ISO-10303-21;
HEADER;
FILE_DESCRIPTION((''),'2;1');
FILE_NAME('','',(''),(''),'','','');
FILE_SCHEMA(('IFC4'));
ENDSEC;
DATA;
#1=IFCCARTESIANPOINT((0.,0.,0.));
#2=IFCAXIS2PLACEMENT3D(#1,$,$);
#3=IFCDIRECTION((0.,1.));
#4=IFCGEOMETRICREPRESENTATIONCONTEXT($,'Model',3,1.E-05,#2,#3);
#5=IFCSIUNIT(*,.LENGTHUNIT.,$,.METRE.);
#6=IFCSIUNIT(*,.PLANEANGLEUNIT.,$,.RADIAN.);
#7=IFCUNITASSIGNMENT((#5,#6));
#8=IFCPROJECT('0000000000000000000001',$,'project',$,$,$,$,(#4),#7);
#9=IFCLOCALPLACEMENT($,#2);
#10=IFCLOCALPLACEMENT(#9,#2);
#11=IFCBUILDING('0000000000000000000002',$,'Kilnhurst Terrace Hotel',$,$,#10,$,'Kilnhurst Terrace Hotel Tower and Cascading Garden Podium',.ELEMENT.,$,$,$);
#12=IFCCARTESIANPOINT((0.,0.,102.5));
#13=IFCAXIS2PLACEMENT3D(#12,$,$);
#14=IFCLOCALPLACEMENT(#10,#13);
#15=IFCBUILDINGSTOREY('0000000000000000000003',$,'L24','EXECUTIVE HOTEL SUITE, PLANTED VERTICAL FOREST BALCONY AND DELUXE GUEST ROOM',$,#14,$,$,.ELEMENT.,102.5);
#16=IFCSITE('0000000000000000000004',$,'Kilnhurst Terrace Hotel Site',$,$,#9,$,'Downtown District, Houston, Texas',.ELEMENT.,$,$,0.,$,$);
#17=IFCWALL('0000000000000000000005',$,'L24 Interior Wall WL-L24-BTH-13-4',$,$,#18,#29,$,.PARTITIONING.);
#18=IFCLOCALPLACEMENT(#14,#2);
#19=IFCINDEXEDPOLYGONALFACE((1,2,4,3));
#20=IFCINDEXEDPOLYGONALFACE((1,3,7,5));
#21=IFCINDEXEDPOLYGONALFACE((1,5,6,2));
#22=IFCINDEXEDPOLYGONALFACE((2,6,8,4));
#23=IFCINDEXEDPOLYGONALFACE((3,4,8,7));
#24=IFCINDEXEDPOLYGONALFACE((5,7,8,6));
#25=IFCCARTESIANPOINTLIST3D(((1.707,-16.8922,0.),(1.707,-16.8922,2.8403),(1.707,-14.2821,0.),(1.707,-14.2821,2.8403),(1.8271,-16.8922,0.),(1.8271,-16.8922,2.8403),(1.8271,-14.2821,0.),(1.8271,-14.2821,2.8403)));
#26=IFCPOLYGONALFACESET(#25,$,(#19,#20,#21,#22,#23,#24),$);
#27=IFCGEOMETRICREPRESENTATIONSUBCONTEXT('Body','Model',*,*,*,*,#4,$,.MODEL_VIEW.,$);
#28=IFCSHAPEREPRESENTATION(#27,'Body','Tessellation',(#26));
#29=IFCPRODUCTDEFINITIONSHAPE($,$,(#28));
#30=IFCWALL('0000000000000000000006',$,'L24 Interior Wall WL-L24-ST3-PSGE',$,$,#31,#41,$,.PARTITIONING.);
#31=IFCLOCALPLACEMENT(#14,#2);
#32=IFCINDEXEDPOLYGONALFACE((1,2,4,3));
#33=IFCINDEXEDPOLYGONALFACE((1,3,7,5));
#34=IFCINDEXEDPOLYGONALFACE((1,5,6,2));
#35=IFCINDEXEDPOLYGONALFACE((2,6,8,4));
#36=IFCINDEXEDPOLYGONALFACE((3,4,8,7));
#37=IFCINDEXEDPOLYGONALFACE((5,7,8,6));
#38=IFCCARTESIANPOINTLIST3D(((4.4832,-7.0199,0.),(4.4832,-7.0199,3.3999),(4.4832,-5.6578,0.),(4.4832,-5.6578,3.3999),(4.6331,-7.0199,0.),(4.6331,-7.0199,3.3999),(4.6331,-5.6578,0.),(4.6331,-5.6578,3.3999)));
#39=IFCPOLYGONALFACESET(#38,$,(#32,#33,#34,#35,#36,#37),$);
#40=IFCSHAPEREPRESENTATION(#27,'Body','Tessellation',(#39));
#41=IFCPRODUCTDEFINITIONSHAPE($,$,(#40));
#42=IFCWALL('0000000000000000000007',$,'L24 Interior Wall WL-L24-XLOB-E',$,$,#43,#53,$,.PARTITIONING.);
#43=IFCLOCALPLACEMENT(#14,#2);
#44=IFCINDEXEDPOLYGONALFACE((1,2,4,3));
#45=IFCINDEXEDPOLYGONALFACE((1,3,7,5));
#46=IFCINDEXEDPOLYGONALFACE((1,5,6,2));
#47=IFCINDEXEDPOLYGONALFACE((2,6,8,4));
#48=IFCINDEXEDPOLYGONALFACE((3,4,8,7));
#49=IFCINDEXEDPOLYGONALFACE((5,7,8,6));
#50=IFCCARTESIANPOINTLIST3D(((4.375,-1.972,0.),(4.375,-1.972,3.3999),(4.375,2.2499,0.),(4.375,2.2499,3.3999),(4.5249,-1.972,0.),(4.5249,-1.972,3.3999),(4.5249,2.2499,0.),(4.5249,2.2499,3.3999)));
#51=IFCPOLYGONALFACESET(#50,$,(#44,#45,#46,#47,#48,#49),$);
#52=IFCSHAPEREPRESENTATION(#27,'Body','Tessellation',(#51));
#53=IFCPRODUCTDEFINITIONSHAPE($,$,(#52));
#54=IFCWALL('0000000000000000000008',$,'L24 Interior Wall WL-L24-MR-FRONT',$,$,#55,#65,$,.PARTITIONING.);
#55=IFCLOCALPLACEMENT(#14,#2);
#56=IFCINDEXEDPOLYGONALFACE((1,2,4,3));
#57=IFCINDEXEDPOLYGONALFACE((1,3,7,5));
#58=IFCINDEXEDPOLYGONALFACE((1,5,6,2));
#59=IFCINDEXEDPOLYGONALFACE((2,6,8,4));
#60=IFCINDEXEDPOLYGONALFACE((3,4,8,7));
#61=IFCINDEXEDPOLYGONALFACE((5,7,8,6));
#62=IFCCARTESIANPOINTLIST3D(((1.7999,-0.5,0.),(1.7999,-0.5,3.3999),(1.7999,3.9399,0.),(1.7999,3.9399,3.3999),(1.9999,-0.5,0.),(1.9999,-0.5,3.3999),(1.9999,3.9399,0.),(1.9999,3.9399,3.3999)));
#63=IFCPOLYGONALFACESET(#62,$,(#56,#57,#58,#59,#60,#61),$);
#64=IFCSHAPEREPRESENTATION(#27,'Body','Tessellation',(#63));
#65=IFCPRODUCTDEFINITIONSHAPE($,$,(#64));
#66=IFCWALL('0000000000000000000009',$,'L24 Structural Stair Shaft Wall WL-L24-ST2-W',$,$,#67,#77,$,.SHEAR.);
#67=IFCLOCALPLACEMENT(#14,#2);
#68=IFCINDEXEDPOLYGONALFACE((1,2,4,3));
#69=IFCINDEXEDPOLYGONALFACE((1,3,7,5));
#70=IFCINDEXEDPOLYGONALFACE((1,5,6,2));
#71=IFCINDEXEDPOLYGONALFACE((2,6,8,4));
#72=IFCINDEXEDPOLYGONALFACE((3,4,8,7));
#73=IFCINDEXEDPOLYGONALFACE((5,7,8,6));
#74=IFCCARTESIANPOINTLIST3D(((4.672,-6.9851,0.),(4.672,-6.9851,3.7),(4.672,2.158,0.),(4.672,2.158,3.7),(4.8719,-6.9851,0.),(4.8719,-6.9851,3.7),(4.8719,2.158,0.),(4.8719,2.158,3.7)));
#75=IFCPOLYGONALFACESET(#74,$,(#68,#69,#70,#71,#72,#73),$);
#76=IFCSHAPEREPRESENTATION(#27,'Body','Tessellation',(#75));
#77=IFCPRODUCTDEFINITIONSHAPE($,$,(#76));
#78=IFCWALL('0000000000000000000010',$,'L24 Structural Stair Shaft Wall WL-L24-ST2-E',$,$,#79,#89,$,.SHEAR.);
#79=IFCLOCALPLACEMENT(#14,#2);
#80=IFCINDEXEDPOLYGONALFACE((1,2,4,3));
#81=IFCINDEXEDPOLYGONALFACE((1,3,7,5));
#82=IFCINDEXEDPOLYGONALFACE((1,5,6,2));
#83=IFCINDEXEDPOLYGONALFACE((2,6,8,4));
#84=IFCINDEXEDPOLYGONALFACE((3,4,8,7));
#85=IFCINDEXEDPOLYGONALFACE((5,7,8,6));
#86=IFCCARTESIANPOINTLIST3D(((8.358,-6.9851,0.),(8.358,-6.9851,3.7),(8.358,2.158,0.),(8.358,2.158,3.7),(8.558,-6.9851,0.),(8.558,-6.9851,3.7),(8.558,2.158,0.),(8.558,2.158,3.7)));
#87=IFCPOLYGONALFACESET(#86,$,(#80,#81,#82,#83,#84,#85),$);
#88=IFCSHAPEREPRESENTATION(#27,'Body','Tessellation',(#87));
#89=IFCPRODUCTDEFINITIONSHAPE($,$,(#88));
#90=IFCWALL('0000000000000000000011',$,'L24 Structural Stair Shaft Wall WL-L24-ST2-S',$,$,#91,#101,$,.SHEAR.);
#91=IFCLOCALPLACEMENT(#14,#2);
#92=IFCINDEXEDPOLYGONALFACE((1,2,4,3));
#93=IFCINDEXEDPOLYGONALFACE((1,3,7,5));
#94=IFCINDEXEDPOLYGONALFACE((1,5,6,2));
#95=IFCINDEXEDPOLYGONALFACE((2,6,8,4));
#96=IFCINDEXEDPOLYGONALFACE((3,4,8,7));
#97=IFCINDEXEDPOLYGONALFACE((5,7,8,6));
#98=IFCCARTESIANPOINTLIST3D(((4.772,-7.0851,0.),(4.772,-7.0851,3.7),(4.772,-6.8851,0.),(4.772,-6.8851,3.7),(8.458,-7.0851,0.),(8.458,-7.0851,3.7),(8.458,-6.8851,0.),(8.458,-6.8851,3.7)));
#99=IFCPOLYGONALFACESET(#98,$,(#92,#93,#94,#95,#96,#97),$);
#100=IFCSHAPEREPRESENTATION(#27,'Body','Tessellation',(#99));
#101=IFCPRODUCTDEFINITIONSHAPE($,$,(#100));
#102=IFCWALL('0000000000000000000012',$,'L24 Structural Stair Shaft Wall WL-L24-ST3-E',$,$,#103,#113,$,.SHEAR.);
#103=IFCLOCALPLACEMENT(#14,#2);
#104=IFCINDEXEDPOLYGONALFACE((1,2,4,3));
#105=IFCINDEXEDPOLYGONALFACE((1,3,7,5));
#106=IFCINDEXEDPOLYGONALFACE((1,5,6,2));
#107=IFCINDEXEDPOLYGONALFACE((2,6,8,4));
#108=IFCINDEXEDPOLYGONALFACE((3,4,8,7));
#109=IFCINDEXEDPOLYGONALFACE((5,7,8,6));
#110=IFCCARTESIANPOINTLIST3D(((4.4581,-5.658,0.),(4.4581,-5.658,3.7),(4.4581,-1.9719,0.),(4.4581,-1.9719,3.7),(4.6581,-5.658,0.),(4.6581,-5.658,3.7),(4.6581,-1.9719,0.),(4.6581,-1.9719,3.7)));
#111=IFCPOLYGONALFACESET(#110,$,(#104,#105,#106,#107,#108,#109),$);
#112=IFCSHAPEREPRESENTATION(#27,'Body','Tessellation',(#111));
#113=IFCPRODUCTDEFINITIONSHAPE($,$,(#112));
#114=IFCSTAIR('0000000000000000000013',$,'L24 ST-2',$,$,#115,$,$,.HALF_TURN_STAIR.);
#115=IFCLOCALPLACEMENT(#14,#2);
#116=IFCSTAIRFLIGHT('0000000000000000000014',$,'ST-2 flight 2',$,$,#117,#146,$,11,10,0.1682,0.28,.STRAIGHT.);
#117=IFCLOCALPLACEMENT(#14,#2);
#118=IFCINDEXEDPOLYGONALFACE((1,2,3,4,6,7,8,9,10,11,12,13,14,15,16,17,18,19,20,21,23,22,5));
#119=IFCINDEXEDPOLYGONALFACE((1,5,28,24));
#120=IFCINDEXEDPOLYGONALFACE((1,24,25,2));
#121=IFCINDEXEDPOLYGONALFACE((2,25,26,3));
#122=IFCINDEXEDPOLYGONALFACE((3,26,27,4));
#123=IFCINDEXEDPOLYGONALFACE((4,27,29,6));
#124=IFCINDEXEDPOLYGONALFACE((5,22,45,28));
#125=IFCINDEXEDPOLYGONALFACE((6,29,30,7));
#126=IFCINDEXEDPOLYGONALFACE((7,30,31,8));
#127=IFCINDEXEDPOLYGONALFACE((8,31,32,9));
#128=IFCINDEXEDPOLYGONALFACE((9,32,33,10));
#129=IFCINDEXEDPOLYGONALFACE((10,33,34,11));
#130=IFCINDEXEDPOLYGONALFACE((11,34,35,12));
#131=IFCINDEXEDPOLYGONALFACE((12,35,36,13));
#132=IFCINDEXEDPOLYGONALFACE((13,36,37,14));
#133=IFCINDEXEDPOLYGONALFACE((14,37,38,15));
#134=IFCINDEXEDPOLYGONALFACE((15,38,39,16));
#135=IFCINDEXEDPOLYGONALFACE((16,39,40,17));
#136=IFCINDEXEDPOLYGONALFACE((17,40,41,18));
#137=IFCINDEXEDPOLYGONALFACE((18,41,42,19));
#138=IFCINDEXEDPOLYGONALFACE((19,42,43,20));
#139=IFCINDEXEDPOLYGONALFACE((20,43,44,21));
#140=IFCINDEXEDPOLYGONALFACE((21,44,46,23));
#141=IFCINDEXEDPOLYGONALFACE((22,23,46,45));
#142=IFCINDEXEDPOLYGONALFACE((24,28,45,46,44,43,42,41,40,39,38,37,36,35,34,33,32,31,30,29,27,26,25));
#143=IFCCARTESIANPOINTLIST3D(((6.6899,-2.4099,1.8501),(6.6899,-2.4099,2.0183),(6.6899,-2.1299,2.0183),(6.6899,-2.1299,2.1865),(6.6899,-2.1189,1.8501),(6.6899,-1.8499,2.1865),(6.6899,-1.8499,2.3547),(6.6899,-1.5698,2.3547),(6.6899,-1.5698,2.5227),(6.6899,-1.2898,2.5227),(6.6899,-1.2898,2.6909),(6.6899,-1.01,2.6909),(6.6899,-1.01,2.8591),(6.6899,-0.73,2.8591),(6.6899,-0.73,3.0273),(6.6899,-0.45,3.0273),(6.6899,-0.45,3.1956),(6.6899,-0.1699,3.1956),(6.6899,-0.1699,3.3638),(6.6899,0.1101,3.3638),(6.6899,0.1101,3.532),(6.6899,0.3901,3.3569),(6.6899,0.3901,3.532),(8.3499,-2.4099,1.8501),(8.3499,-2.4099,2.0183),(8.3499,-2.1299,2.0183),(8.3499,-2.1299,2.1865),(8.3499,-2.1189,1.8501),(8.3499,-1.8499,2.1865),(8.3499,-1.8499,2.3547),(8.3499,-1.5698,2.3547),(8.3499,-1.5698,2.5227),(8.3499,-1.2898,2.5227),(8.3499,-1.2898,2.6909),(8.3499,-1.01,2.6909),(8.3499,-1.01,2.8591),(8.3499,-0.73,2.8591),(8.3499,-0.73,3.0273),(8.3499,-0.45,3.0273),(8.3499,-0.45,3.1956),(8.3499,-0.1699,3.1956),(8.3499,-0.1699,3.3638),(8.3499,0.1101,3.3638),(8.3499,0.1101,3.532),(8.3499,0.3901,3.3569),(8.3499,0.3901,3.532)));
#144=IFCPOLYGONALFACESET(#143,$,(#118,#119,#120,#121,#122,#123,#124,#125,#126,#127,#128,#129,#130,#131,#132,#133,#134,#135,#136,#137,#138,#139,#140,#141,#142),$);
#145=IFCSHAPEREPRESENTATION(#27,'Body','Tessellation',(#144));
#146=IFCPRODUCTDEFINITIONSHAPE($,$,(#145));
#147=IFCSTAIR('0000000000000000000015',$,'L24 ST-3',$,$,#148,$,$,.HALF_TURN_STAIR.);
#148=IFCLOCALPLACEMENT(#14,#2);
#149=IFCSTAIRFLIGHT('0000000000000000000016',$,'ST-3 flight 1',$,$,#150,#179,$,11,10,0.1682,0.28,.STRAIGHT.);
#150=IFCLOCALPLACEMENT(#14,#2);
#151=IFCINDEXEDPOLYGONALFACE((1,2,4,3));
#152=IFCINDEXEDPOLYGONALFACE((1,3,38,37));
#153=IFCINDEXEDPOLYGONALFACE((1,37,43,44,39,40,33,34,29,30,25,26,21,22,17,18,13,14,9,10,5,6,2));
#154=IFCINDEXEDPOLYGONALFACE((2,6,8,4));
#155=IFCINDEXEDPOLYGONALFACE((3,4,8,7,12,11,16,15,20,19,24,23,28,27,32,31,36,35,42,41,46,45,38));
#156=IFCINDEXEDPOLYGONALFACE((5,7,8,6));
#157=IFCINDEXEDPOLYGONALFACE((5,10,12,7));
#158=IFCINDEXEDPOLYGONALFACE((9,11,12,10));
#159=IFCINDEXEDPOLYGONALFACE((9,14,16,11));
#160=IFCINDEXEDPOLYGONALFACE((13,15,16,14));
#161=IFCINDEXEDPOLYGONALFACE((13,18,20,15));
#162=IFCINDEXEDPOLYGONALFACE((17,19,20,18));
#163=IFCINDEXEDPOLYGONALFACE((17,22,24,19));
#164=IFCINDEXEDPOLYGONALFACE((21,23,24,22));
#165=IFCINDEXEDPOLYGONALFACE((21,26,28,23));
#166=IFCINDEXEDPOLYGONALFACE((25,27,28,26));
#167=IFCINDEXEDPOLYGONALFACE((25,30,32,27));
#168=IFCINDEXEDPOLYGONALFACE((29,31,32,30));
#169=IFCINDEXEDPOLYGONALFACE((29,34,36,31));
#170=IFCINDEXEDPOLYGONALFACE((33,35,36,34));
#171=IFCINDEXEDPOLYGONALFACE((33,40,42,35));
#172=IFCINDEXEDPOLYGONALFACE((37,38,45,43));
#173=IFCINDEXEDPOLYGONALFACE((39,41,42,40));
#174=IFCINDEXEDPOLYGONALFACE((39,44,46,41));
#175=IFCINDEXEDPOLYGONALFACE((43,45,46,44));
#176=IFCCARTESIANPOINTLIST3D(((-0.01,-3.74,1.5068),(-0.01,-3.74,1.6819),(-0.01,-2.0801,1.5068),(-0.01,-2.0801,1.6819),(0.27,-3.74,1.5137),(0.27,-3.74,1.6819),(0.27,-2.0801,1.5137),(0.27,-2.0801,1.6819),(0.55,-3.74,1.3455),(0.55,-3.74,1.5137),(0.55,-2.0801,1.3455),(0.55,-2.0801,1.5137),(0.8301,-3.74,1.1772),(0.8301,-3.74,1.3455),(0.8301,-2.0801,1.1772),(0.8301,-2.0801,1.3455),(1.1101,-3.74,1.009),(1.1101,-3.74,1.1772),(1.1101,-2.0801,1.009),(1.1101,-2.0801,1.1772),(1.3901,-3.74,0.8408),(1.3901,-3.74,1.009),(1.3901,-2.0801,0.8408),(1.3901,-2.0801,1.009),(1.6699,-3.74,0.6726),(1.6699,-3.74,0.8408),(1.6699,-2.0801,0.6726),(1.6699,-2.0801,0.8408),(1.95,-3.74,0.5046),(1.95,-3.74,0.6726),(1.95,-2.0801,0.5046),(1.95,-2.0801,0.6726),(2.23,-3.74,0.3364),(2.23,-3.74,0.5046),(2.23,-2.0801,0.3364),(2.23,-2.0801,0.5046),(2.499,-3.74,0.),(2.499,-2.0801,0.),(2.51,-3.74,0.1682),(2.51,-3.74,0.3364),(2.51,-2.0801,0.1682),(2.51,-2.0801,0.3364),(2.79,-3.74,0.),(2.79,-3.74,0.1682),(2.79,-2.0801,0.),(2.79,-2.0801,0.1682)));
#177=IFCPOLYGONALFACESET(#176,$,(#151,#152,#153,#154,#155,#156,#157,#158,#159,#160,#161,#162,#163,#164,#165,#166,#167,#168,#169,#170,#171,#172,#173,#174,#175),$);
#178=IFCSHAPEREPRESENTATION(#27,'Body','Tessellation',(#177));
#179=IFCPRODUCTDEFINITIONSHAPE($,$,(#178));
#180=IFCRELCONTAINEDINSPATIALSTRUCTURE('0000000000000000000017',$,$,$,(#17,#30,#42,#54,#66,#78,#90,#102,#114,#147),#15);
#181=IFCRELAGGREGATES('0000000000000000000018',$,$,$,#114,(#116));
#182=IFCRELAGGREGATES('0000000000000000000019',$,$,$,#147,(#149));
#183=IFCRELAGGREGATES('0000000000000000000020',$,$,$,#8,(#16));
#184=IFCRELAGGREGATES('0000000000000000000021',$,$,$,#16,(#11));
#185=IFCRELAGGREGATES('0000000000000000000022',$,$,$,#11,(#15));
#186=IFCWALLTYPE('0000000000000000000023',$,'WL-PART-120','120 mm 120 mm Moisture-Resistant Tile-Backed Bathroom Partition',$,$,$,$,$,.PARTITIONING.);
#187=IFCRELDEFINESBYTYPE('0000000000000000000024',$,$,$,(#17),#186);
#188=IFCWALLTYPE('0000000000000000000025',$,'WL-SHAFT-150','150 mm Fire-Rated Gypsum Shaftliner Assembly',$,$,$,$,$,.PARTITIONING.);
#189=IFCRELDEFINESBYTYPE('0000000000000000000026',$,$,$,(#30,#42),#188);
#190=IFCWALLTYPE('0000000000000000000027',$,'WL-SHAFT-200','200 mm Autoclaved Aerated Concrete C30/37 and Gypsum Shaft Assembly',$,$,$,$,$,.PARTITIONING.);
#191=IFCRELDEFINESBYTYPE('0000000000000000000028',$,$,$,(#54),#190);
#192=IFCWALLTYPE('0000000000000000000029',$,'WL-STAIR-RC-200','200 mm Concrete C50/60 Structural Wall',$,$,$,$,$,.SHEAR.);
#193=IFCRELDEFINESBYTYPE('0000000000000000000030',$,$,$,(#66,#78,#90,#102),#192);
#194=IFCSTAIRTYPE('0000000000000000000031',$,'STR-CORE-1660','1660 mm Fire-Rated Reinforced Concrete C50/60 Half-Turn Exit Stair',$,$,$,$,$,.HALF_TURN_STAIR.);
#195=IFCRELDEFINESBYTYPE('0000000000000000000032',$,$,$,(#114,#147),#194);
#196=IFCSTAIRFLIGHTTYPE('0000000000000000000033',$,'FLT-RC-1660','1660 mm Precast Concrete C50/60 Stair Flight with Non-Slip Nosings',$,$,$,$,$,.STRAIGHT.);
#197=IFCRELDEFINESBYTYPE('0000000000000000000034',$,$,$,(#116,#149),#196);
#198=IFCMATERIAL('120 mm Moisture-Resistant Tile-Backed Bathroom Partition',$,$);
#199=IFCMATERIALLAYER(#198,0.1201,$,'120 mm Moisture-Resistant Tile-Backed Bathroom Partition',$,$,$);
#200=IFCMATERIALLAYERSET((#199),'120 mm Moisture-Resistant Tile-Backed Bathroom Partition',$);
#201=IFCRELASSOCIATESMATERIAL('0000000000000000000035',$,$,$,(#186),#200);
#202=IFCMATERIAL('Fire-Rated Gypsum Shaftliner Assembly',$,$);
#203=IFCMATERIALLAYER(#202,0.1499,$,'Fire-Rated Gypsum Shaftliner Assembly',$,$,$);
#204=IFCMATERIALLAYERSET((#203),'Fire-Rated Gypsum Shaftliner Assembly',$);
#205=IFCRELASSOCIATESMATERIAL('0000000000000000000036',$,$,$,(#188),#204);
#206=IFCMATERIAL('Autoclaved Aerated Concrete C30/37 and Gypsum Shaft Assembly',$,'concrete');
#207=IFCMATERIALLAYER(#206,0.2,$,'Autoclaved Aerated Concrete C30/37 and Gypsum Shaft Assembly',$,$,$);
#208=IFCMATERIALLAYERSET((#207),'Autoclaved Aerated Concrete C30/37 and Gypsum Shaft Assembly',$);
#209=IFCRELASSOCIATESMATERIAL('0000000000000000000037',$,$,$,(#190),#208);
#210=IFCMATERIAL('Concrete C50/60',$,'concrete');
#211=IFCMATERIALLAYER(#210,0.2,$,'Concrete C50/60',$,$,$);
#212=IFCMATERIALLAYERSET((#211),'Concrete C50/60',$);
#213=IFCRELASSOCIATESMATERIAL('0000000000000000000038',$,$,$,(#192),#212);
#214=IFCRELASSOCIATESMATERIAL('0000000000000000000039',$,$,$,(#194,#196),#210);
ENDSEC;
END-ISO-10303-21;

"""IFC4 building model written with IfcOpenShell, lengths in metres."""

from ifc_helpers import new_model, si_unit, direction, frame, frame_2d, origin, place, context, subcontext, project, spatial, polyline, rectangle, outline, extrude, material, layer, layer_set, type_object, element, aggregate, save


model = new_model("IFC4")

# Units and contexts
model_context = context("Model", 3, precision=1e-05, world=origin(), true_north=direction((0.0, 1.0)))
body_context = subcontext(model_context, "Body", "Model", "MODEL_VIEW")
ifc_project = project(units=[si_unit("LENGTHUNIT", "METRE"), si_unit("PLANEANGLEUNIT", "RADIAN")], contexts=[model_context])

# Site, building, storey
site_placement = place(None, origin())
site = spatial("IfcSite", under=ifc_project, at=site_placement, Name="Kilnhurst Terrace Hotel Site", LongName="Downtown District, Houston, Texas", CompositionType="ELEMENT", RefElevation=0.0)
building_placement = place(site_placement, origin())
building = spatial("IfcBuilding", under=site, at=building_placement, Name="Kilnhurst Terrace Hotel", LongName="Kilnhurst Terrace Hotel Tower and Cascading Garden Podium", CompositionType="ELEMENT")
storey_placement = place(building_placement, frame((0.0, 0.0, 102.5)))
storey = spatial("IfcBuildingStorey", under=building, at=storey_placement, Name="L24", Description="EXECUTIVE HOTEL SUITE, PLANTED VERTICAL FOREST BALCONY AND DELUXE GUEST ROOM", CompositionType="ELEMENT", Elevation=102.5)

# Shared definitions
ifc_material_1 = material(Name="Concrete C50/60", Category="concrete")

# Shared definitions
ifc_material_2 = material(Name="120 mm Moisture-Resistant Tile-Backed Bathroom Partition")
ifc_layer_1 = layer(ifc_material_2, 0.1201, Name="120 mm Moisture-Resistant Tile-Backed Bathroom Partition")
ifc_layer_set_1 = layer_set([ifc_layer_1], Name="120 mm Moisture-Resistant Tile-Backed Bathroom Partition")
wall_type_1 = type_object("IfcWallType", Name="WL-PART-120", Description="120 mm 120 mm Moisture-Resistant Tile-Backed Bathroom Partition", PredefinedType="PARTITIONING", material=ifc_layer_set_1)

# Walls
wall_1_placement = place(storey_placement, frame((1.7671, -14.282, 0.0), z_axis=(0.0, 0.0, 1.0), x_axis=(0.0, -1.0, 0.0)))
element("IfcWall", 1, at=wall_1_placement, inside=storey, type_object=wall_type_1, Name="L24 Interior Wall WL-L24-BTH-13-4", PredefinedType="PARTITIONING", context=body_context, shape_type="SweptSolid", body=[
    extrude(rectangle(XDim=2.6101, YDim=0.1201, at=frame_2d((1.3052, 0.0))), origin(), (0.0, 0.0, 1.0), 2.8403),
])
ifc_material_3 = material(Name="Fire-Rated Gypsum Shaftliner Assembly")
ifc_layer_2 = layer(ifc_material_3, 0.1499, Name="Fire-Rated Gypsum Shaftliner Assembly")
ifc_layer_set_2 = layer_set([ifc_layer_2], Name="Fire-Rated Gypsum Shaftliner Assembly")
wall_type_2 = type_object("IfcWallType", Name="WL-SHAFT-150", Description="150 mm Fire-Rated Gypsum Shaftliner Assembly", PredefinedType="PARTITIONING", material=ifc_layer_set_2)
wall_2_placement = place(storey_placement, frame((4.5581, -7.02, 0.0), z_axis=(0.0, 0.0, 1.0), x_axis=(0.0, 1.0, 0.0)))
element("IfcWall", 2, at=wall_2_placement, inside=storey, type_object=wall_type_2, Name="L24 Interior Wall WL-L24-ST3-PSGE", PredefinedType="PARTITIONING", context=body_context, shape_type="SweptSolid", body=[
    extrude(rectangle(XDim=1.3621, YDim=0.1499, at=frame_2d((0.6812, 0.0))), origin(), (0.0, 0.0, 1.0), 3.3999),
])
wall_3_placement = place(storey_placement, frame((4.45, -1.9719, 0.0), z_axis=(0.0, 0.0, 1.0), x_axis=(0.0, 1.0, 0.0)))
element("IfcWall", 3, at=wall_3_placement, inside=storey, type_object=wall_type_2, Name="L24 Interior Wall WL-L24-XLOB-E", PredefinedType="PARTITIONING", context=body_context, shape_type="SweptSolid", body=[
    extrude(rectangle(XDim=4.2219, YDim=0.1499, at=frame_2d((2.1108, 0.0))), origin(), (0.0, 0.0, 1.0), 3.3999),
])
ifc_material_4 = material(Name="Autoclaved Aerated Concrete C30/37 and Gypsum Shaft Assembly", Category="concrete")
ifc_layer_3 = layer(ifc_material_4, 0.2, Name="Autoclaved Aerated Concrete C30/37 and Gypsum Shaft Assembly")
ifc_layer_set_3 = layer_set([ifc_layer_3], Name="Autoclaved Aerated Concrete C30/37 and Gypsum Shaft Assembly")
wall_type_3 = type_object("IfcWallType", Name="WL-SHAFT-200", Description="200 mm Autoclaved Aerated Concrete C30/37 and Gypsum Shaft Assembly", PredefinedType="PARTITIONING", material=ifc_layer_set_3)
wall_4_placement = place(storey_placement, frame((1.8999, -0.5, 0.0), z_axis=(0.0, 0.0, 1.0), x_axis=(0.0, 1.0, 0.0)))
element("IfcWall", 4, at=wall_4_placement, inside=storey, type_object=wall_type_3, Name="L24 Interior Wall WL-L24-MR-FRONT", PredefinedType="PARTITIONING", context=body_context, shape_type="SweptSolid", body=[
    extrude(rectangle(XDim=4.4399, YDim=0.2, at=frame_2d((2.22, 0.0))), origin(), (0.0, 0.0, 1.0), 3.3999),
])
ifc_layer_4 = layer(ifc_material_1, 0.2, Name="Concrete C50/60")
ifc_layer_set_4 = layer_set([ifc_layer_4], Name="Concrete C50/60")
wall_type_4 = type_object("IfcWallType", Name="WL-STAIR-RC-200", Description="200 mm Concrete C50/60 Structural Wall", PredefinedType="SHEAR", material=ifc_layer_set_4)
for number, where, z_axis, x_axis, name in (
    (5, (4.772, -6.9851, 0.0), (0.0, 0.0, 1.0), (0.0, 1.0, 0.0), "L24 Structural Stair Shaft Wall WL-L24-ST2-W"),
    (6, (8.458, -6.9851, 0.0), (0.0, 0.0, 1.0), (0.0, 1.0, 0.0), "L24 Structural Stair Shaft Wall WL-L24-ST2-E"),
):
    element("IfcWall", number, at=place(storey_placement, frame(where, z_axis=z_axis, x_axis=x_axis)), inside=storey, type_object=wall_type_4, Name=name, PredefinedType="SHEAR", context=body_context, shape_type="SweptSolid", body=[
        extrude(rectangle(XDim=9.1431, YDim=0.2, at=frame_2d((4.5715, 0.0))), origin(), (0.0, 0.0, 1.0), 3.7),
    ])
for number, where, z_axis, x_axis, name in (
    (7, (4.772, -6.9851, 0.0), (0.0, 0.0, 1.0), (1.0, 0.0, 0.0), "L24 Structural Stair Shaft Wall WL-L24-ST2-S"),
    (8, (4.5581, -5.658, 0.0), (0.0, 0.0, 1.0), (0.0, 1.0, 0.0), "L24 Structural Stair Shaft Wall WL-L24-ST3-E"),
):
    element("IfcWall", number, at=place(storey_placement, frame(where, z_axis=z_axis, x_axis=x_axis)), inside=storey, type_object=wall_type_4, Name=name, PredefinedType="SHEAR", context=body_context, shape_type="SweptSolid", body=[
        extrude(rectangle(XDim=3.686, YDim=0.2, at=frame_2d((1.843, 0.0))), origin(), (0.0, 0.0, 1.0), 3.7),
    ])

# Stairs, stair flights
stair_type = type_object("IfcStairType", Name="STR-CORE-1660", Description="1660 mm Fire-Rated Reinforced Concrete C50/60 Half-Turn Exit Stair", PredefinedType="HALF_TURN_STAIR", material=ifc_material_1)
stair_1_placement = place(storey_placement, origin())
stair_1 = element("IfcStair", 9, at=stair_1_placement, inside=storey, type_object=stair_type, Name="L24 ST-2", PredefinedType="HALF_TURN_STAIR")
stair_flight_type = type_object("IfcStairFlightType", Name="FLT-RC-1660", Description="1660 mm Precast Concrete C50/60 Stair Flight with Non-Slip Nosings", PredefinedType="STRAIGHT", material=ifc_material_1)
stair_flight_1_placement = place(storey_placement, frame((7.52, -2.4099, 1.8501), z_axis=(0.0, 0.0, 1.0), x_axis=(0.0, 1.0, 0.0)))
stair_flight_1 = element("IfcStairFlight", 10, at=stair_flight_1_placement, type_object=stair_flight_type, Name="ST-2 flight 2", NumberOfRisers=11, NumberOfTreads=10, PredefinedType="STRAIGHT", RiserHeight=0.1682, TreadLength=0.28, context=body_context, shape_type="SweptSolid", body=[
    extrude(outline(polyline([(0.0, 0.0), (0.0, 0.1682), (0.28, 0.1682), (0.28, 0.3364), (0.5601, 0.3364), (0.5601, 0.5046), (0.8401, 0.5046), (0.8401, 0.6726), (1.1201, 0.6726), (1.1201, 0.8408), (1.3999, 0.8408), (1.3999, 1.009), (1.6799, 1.009), (1.6799, 1.1772), (1.96, 1.1772), (1.96, 1.3455), (2.24, 1.3455), (2.24, 1.5137), (2.52, 1.5137), (2.52, 1.6819), (2.8, 1.6819), (2.8, 1.8501), (2.8, 1.5068), (0.291, 0.0), (0.0, 0.0)])), frame((0.0, 0.8301, 0.0), z_axis=(0.0, -1.0, 0.0), x_axis=(1.0, 0.0, 0.0)), (0.0, 0.0, 1.0), 1.6599),
])
aggregate(stair_1, [stair_flight_1])
stair_2_placement = place(storey_placement, origin())
stair_2 = element("IfcStair", 11, at=stair_2_placement, inside=storey, type_object=stair_type, Name="L24 ST-3", PredefinedType="HALF_TURN_STAIR")
stair_flight_2_placement = place(storey_placement, frame((2.79, -2.9099, 0.0), z_axis=(0.0, 0.0, 1.0), x_axis=(-1.0, 0.0, 0.0)))
stair_flight_2 = element("IfcStairFlight", 12, at=stair_flight_2_placement, type_object=stair_flight_type, Name="ST-3 flight 1", NumberOfRisers=11, NumberOfTreads=10, PredefinedType="STRAIGHT", RiserHeight=0.1682, TreadLength=0.28, context=body_context, shape_type="SweptSolid", body=[
    extrude(outline(polyline([(0.0, 0.0), (0.0, 0.1682), (0.28, 0.1682), (0.28, 0.3364), (0.5601, 0.3364), (0.5601, 0.5046), (0.8401, 0.5046), (0.8401, 0.6726), (1.1201, 0.6726), (1.1201, 0.8408), (1.3999, 0.8408), (1.3999, 1.009), (1.6799, 1.009), (1.6799, 1.1772), (1.96, 1.1772), (1.96, 1.3455), (2.24, 1.3455), (2.24, 1.5137), (2.52, 1.5137), (2.52, 1.6819), (2.8, 1.6819), (2.8, 1.8501), (2.8, 1.5068), (0.291, 0.0), (0.0, 0.0)])), frame((0.0, 0.8301, 0.0), z_axis=(0.0, -1.0, 0.0), x_axis=(1.0, 0.0, 0.0)), (0.0, 0.0, 1.0), 1.6599),
])
aggregate(stair_2, [stair_flight_2])

save(model, "model.ifc")
